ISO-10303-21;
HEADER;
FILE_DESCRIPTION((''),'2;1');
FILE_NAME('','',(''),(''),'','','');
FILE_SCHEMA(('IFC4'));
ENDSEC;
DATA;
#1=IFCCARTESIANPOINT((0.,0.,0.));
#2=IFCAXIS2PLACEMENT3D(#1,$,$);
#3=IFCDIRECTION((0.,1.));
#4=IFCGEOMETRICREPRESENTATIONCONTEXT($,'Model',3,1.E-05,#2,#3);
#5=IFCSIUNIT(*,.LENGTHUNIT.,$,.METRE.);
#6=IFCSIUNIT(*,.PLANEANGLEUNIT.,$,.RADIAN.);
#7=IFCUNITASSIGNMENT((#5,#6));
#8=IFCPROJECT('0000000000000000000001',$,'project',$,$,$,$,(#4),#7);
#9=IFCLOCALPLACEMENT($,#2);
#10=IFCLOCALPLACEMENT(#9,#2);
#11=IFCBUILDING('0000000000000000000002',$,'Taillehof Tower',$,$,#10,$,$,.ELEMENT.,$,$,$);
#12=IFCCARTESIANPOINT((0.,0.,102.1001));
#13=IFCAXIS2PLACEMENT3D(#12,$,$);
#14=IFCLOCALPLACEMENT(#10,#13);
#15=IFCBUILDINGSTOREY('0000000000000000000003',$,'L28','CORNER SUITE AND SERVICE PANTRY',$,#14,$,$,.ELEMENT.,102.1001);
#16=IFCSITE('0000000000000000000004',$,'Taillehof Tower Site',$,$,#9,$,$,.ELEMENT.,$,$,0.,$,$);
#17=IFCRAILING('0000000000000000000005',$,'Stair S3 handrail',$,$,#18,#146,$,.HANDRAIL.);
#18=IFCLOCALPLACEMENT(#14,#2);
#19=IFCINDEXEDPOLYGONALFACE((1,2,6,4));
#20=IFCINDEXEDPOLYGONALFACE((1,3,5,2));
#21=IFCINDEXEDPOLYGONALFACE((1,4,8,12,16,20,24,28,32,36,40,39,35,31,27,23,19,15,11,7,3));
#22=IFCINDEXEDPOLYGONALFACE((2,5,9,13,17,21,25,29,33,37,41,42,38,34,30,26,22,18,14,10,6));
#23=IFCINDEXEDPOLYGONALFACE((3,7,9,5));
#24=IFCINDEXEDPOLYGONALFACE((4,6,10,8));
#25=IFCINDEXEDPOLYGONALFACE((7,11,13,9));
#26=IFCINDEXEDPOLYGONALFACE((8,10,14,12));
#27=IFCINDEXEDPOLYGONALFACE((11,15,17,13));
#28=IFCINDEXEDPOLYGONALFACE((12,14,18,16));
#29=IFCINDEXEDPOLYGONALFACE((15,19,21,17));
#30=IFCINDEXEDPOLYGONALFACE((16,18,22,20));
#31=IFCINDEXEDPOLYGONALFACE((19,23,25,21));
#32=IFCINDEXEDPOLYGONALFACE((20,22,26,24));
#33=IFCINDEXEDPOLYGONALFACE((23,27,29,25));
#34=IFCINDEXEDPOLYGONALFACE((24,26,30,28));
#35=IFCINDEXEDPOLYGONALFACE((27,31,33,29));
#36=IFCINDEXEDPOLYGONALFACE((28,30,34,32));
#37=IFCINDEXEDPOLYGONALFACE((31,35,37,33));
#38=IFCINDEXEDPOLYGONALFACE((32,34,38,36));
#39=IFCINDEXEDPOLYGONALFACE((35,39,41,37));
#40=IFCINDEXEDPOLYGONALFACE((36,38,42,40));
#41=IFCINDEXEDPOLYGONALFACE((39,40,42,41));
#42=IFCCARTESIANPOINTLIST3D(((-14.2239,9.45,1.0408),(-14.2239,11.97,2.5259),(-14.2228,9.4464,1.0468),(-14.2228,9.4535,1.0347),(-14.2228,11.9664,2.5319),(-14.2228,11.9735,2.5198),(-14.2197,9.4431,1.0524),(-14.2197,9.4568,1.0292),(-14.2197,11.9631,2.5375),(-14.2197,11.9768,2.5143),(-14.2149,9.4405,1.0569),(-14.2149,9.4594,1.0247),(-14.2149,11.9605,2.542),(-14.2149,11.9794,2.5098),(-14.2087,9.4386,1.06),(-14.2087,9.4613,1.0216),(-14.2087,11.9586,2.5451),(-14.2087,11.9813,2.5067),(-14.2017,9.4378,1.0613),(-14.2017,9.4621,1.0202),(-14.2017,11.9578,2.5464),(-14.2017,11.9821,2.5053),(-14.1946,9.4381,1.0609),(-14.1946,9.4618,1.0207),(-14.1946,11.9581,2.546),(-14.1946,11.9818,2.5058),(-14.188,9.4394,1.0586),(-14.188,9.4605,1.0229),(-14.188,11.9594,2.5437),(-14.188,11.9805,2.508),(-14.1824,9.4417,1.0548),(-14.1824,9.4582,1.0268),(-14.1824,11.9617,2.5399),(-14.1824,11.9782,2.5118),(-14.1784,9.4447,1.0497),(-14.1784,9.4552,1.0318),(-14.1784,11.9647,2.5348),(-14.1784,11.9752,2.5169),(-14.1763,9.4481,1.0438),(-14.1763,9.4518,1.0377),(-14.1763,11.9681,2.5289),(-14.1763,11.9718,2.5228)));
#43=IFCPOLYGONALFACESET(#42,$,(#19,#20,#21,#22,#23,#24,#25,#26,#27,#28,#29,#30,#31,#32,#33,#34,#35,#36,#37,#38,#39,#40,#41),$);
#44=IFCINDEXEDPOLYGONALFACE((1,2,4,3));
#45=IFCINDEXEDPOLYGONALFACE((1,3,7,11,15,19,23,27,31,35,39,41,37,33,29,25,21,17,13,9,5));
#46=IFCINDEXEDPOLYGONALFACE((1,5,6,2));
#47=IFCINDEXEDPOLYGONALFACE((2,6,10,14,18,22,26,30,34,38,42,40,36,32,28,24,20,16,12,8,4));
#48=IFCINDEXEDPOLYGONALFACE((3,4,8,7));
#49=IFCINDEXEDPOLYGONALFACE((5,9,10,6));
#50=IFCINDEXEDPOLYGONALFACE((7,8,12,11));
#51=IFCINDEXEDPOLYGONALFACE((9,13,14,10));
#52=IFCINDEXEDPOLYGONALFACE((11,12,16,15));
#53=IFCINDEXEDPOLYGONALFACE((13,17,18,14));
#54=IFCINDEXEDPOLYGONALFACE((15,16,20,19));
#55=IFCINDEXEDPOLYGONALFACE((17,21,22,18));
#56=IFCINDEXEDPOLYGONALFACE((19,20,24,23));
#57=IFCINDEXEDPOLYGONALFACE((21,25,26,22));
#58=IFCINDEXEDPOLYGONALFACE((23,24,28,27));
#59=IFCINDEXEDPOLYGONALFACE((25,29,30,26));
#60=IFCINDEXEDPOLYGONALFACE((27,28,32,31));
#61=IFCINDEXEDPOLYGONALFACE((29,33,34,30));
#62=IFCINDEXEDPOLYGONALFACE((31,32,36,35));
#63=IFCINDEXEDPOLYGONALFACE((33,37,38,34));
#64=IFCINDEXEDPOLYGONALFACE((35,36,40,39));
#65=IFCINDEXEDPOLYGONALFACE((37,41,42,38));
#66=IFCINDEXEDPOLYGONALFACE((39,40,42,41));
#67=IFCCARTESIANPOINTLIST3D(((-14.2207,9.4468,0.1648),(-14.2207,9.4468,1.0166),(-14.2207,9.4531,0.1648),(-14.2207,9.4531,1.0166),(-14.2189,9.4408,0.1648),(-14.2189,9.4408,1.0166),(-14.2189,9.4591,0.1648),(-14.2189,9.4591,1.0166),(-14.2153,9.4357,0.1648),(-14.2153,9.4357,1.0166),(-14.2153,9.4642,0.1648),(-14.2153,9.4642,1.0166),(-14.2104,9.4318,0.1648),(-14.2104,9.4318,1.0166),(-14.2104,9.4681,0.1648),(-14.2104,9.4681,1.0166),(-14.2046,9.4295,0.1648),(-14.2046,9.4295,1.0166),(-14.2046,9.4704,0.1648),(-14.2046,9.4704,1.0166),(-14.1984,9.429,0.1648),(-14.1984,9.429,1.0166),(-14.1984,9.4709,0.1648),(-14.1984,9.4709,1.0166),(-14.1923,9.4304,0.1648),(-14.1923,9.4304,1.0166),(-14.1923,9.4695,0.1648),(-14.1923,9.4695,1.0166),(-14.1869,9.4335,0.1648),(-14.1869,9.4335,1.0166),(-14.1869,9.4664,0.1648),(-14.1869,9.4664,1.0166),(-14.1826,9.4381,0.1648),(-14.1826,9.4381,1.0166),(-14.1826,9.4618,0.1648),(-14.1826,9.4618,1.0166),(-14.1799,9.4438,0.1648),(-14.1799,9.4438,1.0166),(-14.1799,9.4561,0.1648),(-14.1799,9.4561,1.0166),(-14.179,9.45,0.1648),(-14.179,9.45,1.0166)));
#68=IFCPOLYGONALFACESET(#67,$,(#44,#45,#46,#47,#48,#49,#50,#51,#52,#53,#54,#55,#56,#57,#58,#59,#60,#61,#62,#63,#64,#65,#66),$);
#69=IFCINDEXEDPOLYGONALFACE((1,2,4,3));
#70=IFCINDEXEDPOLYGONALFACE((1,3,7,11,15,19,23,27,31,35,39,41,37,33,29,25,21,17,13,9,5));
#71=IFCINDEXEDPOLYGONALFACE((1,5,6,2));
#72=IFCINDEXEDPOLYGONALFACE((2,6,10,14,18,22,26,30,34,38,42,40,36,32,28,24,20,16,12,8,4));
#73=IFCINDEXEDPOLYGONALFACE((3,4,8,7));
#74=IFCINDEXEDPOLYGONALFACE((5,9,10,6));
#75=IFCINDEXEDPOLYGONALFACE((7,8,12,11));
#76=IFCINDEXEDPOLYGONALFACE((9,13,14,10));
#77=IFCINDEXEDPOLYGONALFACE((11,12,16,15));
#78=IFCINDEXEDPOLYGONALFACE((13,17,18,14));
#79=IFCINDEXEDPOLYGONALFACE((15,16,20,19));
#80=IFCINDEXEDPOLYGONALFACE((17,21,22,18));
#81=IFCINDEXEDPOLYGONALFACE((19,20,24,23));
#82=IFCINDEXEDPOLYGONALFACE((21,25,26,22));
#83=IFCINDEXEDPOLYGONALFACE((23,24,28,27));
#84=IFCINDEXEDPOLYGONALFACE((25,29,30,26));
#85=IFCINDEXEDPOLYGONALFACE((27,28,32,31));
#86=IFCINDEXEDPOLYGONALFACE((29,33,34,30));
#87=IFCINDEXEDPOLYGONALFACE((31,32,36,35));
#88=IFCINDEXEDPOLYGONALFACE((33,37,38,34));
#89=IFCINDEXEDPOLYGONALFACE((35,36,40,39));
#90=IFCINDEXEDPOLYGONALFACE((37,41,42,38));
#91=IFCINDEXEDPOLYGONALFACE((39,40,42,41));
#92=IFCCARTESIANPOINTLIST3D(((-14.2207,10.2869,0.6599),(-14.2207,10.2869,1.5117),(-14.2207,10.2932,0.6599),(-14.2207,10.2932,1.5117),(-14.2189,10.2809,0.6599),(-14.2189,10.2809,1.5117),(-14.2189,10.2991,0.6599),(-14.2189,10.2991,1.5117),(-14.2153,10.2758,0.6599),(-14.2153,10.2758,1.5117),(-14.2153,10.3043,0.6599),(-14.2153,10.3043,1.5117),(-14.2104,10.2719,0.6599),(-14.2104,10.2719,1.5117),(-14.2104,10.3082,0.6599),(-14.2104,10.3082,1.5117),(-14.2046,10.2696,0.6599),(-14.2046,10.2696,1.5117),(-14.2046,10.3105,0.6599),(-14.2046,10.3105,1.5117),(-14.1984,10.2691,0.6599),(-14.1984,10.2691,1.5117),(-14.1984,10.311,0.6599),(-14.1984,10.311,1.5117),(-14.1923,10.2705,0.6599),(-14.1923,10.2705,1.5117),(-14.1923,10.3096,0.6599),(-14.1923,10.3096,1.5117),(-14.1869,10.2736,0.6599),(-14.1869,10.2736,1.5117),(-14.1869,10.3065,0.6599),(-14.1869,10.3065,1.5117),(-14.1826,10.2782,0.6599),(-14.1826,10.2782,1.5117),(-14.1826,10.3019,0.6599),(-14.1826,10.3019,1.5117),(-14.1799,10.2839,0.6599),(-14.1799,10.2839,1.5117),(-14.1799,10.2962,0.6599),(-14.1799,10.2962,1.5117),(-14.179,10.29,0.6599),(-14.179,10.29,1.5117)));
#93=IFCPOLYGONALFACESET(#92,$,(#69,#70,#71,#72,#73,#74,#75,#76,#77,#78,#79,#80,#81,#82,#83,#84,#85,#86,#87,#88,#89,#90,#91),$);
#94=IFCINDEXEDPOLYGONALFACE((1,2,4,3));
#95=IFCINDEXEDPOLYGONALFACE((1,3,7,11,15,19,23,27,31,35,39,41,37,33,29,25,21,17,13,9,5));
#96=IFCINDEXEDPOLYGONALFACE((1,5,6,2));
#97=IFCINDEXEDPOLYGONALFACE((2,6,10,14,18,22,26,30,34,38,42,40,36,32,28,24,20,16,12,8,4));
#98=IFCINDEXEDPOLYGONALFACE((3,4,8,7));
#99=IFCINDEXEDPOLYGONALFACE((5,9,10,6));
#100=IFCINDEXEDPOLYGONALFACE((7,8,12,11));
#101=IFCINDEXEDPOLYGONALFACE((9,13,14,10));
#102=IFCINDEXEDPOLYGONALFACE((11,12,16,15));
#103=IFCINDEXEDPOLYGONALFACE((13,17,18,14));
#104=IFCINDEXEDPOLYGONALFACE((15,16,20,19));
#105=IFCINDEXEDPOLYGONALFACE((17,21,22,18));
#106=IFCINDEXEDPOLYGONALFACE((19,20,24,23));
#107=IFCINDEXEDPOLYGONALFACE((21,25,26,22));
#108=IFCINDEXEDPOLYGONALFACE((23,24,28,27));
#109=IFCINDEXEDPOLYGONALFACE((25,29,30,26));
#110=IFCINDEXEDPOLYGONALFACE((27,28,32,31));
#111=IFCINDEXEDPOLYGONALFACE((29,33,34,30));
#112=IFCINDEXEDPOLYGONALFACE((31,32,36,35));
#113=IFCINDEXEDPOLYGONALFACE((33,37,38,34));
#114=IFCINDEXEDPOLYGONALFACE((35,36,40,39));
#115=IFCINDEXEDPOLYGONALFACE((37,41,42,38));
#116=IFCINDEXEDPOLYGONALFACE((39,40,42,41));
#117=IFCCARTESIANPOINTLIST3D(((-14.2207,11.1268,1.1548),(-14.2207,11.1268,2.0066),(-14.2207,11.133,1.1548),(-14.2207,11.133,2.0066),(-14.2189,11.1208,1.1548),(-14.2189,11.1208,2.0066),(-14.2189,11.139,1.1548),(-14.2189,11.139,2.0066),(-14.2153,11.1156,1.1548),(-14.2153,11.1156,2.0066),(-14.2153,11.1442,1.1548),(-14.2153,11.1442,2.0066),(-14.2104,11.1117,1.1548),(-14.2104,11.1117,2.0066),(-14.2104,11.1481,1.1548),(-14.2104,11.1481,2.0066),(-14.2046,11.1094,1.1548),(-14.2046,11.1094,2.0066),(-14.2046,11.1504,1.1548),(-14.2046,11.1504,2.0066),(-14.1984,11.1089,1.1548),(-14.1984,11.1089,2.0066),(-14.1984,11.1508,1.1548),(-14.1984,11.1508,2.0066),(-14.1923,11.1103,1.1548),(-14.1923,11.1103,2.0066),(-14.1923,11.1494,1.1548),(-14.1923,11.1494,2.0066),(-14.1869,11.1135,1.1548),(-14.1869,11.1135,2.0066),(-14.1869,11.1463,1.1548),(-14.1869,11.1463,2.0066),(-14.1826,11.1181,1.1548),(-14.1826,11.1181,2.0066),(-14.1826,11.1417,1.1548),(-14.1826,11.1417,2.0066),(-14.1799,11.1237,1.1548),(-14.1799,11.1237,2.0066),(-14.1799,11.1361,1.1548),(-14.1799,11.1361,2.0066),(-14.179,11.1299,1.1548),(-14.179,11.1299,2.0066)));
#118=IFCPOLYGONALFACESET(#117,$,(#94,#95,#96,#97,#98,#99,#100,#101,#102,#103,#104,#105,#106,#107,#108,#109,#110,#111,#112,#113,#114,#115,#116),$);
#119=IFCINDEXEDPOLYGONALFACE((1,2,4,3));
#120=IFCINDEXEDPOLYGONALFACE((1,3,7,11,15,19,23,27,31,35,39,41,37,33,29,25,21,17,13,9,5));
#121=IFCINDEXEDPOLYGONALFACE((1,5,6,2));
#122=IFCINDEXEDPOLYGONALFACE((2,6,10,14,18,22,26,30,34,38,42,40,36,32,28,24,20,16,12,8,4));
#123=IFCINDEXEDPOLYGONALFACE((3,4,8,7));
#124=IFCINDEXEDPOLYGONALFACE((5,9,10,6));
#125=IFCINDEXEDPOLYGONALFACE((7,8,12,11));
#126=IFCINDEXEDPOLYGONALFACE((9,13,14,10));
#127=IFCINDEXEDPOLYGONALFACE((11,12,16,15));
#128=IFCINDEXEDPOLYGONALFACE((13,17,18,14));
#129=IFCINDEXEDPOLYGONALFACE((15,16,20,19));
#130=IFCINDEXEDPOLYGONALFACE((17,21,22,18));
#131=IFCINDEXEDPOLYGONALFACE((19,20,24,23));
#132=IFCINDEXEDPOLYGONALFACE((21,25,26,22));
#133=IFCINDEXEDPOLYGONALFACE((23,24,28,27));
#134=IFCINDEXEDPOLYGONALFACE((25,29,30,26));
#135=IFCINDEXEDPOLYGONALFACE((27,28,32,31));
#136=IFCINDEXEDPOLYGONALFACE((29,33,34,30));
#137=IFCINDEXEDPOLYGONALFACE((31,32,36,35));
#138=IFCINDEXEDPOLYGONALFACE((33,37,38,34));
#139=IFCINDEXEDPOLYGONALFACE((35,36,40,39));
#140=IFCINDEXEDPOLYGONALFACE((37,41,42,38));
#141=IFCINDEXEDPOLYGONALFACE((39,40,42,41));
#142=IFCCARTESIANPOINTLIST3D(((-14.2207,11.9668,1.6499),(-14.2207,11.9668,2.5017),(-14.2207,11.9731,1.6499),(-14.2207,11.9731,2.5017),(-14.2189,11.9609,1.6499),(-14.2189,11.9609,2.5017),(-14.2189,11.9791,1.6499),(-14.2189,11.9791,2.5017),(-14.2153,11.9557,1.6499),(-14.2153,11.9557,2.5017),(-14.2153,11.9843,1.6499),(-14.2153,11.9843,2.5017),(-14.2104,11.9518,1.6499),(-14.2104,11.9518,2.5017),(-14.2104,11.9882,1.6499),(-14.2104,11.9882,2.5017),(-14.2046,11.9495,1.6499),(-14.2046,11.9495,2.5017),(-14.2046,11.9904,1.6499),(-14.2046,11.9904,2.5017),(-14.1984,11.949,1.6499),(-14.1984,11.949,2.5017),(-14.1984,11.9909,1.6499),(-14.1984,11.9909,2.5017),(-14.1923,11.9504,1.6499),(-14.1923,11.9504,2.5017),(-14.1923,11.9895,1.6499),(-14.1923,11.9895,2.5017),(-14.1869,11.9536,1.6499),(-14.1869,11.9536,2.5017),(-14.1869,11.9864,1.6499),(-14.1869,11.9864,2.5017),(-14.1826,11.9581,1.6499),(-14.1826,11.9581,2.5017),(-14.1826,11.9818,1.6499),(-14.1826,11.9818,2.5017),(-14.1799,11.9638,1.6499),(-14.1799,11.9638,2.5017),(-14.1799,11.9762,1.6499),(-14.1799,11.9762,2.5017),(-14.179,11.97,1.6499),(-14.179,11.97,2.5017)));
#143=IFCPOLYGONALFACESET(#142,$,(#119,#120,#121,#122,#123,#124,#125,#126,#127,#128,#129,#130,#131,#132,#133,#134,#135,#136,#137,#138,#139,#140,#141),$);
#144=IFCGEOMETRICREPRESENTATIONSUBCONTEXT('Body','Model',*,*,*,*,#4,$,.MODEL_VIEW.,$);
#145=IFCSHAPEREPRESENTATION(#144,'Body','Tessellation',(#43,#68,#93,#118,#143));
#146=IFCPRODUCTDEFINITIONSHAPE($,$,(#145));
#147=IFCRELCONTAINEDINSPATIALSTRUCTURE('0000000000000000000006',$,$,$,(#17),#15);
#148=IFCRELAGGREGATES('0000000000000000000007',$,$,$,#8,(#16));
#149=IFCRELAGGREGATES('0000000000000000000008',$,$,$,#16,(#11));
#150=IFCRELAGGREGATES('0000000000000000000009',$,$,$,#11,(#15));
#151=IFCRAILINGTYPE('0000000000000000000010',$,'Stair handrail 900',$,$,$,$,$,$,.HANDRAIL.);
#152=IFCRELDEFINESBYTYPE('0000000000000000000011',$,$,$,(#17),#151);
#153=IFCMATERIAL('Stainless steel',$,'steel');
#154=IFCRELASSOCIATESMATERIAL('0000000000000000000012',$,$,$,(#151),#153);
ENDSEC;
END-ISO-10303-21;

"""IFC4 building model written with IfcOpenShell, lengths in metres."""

from ifc_helpers import new_model, si_unit, direction, frame, origin, origin_2d, place, context, subcontext, project, spatial, circle, extrude, material, type_object, element, save


model = new_model("IFC4")

# Units and contexts
model_context = context("Model", 3, precision=1e-05, world=origin(), true_north=direction((0.0, 1.0)))
body_context = subcontext(model_context, "Body", "Model", "MODEL_VIEW")
ifc_project = project(units=[si_unit("LENGTHUNIT", "METRE"), si_unit("PLANEANGLEUNIT", "RADIAN")], contexts=[model_context])

# Site, building, storey
site_placement = place(None, origin())
site = spatial("IfcSite", under=ifc_project, at=site_placement, Name="Taillehof Tower Site", CompositionType="ELEMENT", RefElevation=0.0)
building_placement = place(site_placement, origin())
building = spatial("IfcBuilding", under=site, at=building_placement, Name="Taillehof Tower", CompositionType="ELEMENT")
storey_placement = place(building_placement, frame((0.0, 0.0, 102.1001)))
storey = spatial("IfcBuildingStorey", under=building, at=storey_placement, Name="L28", Description="CORNER SUITE AND SERVICE PANTRY", CompositionType="ELEMENT", Elevation=102.1001)

# Railing
ifc_material_1 = material(Name="Stainless steel", Category="steel")
railing_type = type_object("IfcRailingType", Name="Stair handrail 900", PredefinedType="HANDRAIL", material=ifc_material_1)
railing_placement = place(storey_placement, frame((-14.2, 9.45, 0.1648)))
element("IfcRailing", 1, at=railing_placement, inside=storey, type_object=railing_type, Name="Stair S3 handrail", PredefinedType="HANDRAIL", context=body_context, shape_type="SweptSolid", body=[
    extrude(circle(Radius=0.0239, at=origin_2d()), frame((0.0, 0.0, 0.876), z_axis=(0.0, 0.861524, 0.507717), x_axis=(-1.0, 0.0, 0.0)), (0.0, 0.0, 1.0), 2.925),
    extrude(circle(Radius=0.021, at=origin_2d()), origin(), (0.0, 0.0, 1.0), 0.8518),
    extrude(circle(Radius=0.021, at=origin_2d()), frame((0.0, 0.8401, 0.4951)), (0.0, 0.0, 1.0), 0.8518),
    extrude(circle(Radius=0.021, at=origin_2d()), frame((0.0, 1.6799, 0.99)), (0.0, 0.0, 1.0), 0.8518),
    extrude(circle(Radius=0.021, at=origin_2d()), frame((0.0, 2.52, 1.4851)), (0.0, 0.0, 1.0), 0.8518),
])

save(model, "model.ifc")
